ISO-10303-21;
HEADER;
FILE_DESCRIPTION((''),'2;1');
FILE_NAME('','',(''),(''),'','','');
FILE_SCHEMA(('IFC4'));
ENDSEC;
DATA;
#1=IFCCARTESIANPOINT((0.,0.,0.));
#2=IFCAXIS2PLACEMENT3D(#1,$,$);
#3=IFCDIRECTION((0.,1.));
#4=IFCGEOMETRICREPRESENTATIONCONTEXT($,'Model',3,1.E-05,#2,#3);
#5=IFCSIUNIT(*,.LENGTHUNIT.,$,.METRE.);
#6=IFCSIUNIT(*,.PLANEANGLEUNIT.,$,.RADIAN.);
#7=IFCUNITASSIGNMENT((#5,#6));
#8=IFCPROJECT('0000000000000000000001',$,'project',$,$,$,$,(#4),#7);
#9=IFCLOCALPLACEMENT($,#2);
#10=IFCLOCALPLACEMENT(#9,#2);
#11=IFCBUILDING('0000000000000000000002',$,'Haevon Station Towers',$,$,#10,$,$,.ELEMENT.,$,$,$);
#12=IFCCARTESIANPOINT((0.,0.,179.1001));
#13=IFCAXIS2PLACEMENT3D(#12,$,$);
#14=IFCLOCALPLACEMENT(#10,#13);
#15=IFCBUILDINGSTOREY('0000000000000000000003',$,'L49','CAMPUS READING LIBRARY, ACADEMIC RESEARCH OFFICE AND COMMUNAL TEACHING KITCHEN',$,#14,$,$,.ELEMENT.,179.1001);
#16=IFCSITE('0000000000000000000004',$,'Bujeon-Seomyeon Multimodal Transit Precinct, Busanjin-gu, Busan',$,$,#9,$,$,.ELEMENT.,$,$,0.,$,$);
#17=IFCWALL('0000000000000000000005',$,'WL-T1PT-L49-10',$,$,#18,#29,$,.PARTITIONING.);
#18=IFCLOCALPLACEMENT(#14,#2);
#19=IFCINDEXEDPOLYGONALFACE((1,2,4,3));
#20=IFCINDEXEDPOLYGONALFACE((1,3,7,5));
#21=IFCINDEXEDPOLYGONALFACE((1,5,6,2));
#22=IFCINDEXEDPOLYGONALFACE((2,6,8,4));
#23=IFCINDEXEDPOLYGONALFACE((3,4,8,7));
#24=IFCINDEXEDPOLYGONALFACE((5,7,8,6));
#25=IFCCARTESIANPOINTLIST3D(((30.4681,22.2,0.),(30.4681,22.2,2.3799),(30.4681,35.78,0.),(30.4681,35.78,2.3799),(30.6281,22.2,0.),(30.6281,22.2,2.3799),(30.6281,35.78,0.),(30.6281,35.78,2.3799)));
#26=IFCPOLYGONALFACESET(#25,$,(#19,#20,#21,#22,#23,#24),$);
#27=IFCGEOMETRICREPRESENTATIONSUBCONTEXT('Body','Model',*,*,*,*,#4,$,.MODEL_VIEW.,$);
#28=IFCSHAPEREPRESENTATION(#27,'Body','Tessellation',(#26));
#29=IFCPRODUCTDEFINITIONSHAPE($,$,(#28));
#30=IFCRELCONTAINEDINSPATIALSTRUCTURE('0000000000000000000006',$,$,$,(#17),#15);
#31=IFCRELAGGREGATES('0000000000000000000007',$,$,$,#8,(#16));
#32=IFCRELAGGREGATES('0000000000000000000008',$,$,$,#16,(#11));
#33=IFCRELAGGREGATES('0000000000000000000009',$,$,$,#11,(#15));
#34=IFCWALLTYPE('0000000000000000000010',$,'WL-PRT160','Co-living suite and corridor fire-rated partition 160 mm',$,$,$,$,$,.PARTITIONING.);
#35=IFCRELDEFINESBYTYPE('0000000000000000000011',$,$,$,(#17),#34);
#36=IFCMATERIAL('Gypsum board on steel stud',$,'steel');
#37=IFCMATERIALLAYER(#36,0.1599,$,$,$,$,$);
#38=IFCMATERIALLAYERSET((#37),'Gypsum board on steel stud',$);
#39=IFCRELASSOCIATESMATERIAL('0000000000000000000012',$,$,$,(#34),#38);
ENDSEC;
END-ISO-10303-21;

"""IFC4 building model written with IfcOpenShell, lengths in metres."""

from ifc_helpers import new_model, si_unit, direction, frame, frame_2d, origin, place, context, subcontext, project, spatial, rectangle, extrude, material, layer, layer_set, type_object, element, save


model = new_model("IFC4")

# Units and contexts
model_context = context("Model", 3, precision=1e-05, world=origin(), true_north=direction((0.0, 1.0)))
body_context = subcontext(model_context, "Body", "Model", "MODEL_VIEW")
ifc_project = project(units=[si_unit("LENGTHUNIT", "METRE"), si_unit("PLANEANGLEUNIT", "RADIAN")], contexts=[model_context])

# Site, building, storey
site_placement = place(None, origin())
site = spatial("IfcSite", under=ifc_project, at=site_placement, Name="Bujeon-Seomyeon Multimodal Transit Precinct, Busanjin-gu, Busan", CompositionType="ELEMENT", RefElevation=0.0)
building_placement = place(site_placement, origin())
building = spatial("IfcBuilding", under=site, at=building_placement, Name="Haevon Station Towers", CompositionType="ELEMENT")
storey_placement = place(building_placement, frame((0.0, 0.0, 179.1001)))
storey = spatial("IfcBuildingStorey", under=building, at=storey_placement, Name="L49", Description="CAMPUS READING LIBRARY, ACADEMIC RESEARCH OFFICE AND COMMUNAL TEACHING KITCHEN", CompositionType="ELEMENT", Elevation=179.1001)

# Shared definitions
ifc_material_1 = material(Name="Gypsum board on steel stud", Category="steel")

# Wall
ifc_layer_1 = layer(ifc_material_1, 0.1599)
ifc_layer_set_1 = layer_set([ifc_layer_1], Name="Gypsum board on steel stud")
wall_type_1 = type_object("IfcWallType", Name="WL-PRT160", Description="Co-living suite and corridor fire-rated partition 160 mm", PredefinedType="PARTITIONING", material=ifc_layer_set_1)
wall_1_placement = place(storey_placement, frame((30.5481, 22.2, 0.0), z_axis=(0.0, 0.0, 1.0), x_axis=(0.0, 1.0, 0.0)))
element("IfcWall", 1, at=wall_1_placement, inside=storey, type_object=wall_type_1, Name="WL-T1PT-L49-10", PredefinedType="PARTITIONING", context=body_context, shape_type="SweptSolid", body=[
    extrude(rectangle(XDim=13.5801, YDim=0.1599, at=frame_2d((6.79, 0.0))), origin(), (0.0, 0.0, 1.0), 2.3799),
])

save(model, "model.ifc")
